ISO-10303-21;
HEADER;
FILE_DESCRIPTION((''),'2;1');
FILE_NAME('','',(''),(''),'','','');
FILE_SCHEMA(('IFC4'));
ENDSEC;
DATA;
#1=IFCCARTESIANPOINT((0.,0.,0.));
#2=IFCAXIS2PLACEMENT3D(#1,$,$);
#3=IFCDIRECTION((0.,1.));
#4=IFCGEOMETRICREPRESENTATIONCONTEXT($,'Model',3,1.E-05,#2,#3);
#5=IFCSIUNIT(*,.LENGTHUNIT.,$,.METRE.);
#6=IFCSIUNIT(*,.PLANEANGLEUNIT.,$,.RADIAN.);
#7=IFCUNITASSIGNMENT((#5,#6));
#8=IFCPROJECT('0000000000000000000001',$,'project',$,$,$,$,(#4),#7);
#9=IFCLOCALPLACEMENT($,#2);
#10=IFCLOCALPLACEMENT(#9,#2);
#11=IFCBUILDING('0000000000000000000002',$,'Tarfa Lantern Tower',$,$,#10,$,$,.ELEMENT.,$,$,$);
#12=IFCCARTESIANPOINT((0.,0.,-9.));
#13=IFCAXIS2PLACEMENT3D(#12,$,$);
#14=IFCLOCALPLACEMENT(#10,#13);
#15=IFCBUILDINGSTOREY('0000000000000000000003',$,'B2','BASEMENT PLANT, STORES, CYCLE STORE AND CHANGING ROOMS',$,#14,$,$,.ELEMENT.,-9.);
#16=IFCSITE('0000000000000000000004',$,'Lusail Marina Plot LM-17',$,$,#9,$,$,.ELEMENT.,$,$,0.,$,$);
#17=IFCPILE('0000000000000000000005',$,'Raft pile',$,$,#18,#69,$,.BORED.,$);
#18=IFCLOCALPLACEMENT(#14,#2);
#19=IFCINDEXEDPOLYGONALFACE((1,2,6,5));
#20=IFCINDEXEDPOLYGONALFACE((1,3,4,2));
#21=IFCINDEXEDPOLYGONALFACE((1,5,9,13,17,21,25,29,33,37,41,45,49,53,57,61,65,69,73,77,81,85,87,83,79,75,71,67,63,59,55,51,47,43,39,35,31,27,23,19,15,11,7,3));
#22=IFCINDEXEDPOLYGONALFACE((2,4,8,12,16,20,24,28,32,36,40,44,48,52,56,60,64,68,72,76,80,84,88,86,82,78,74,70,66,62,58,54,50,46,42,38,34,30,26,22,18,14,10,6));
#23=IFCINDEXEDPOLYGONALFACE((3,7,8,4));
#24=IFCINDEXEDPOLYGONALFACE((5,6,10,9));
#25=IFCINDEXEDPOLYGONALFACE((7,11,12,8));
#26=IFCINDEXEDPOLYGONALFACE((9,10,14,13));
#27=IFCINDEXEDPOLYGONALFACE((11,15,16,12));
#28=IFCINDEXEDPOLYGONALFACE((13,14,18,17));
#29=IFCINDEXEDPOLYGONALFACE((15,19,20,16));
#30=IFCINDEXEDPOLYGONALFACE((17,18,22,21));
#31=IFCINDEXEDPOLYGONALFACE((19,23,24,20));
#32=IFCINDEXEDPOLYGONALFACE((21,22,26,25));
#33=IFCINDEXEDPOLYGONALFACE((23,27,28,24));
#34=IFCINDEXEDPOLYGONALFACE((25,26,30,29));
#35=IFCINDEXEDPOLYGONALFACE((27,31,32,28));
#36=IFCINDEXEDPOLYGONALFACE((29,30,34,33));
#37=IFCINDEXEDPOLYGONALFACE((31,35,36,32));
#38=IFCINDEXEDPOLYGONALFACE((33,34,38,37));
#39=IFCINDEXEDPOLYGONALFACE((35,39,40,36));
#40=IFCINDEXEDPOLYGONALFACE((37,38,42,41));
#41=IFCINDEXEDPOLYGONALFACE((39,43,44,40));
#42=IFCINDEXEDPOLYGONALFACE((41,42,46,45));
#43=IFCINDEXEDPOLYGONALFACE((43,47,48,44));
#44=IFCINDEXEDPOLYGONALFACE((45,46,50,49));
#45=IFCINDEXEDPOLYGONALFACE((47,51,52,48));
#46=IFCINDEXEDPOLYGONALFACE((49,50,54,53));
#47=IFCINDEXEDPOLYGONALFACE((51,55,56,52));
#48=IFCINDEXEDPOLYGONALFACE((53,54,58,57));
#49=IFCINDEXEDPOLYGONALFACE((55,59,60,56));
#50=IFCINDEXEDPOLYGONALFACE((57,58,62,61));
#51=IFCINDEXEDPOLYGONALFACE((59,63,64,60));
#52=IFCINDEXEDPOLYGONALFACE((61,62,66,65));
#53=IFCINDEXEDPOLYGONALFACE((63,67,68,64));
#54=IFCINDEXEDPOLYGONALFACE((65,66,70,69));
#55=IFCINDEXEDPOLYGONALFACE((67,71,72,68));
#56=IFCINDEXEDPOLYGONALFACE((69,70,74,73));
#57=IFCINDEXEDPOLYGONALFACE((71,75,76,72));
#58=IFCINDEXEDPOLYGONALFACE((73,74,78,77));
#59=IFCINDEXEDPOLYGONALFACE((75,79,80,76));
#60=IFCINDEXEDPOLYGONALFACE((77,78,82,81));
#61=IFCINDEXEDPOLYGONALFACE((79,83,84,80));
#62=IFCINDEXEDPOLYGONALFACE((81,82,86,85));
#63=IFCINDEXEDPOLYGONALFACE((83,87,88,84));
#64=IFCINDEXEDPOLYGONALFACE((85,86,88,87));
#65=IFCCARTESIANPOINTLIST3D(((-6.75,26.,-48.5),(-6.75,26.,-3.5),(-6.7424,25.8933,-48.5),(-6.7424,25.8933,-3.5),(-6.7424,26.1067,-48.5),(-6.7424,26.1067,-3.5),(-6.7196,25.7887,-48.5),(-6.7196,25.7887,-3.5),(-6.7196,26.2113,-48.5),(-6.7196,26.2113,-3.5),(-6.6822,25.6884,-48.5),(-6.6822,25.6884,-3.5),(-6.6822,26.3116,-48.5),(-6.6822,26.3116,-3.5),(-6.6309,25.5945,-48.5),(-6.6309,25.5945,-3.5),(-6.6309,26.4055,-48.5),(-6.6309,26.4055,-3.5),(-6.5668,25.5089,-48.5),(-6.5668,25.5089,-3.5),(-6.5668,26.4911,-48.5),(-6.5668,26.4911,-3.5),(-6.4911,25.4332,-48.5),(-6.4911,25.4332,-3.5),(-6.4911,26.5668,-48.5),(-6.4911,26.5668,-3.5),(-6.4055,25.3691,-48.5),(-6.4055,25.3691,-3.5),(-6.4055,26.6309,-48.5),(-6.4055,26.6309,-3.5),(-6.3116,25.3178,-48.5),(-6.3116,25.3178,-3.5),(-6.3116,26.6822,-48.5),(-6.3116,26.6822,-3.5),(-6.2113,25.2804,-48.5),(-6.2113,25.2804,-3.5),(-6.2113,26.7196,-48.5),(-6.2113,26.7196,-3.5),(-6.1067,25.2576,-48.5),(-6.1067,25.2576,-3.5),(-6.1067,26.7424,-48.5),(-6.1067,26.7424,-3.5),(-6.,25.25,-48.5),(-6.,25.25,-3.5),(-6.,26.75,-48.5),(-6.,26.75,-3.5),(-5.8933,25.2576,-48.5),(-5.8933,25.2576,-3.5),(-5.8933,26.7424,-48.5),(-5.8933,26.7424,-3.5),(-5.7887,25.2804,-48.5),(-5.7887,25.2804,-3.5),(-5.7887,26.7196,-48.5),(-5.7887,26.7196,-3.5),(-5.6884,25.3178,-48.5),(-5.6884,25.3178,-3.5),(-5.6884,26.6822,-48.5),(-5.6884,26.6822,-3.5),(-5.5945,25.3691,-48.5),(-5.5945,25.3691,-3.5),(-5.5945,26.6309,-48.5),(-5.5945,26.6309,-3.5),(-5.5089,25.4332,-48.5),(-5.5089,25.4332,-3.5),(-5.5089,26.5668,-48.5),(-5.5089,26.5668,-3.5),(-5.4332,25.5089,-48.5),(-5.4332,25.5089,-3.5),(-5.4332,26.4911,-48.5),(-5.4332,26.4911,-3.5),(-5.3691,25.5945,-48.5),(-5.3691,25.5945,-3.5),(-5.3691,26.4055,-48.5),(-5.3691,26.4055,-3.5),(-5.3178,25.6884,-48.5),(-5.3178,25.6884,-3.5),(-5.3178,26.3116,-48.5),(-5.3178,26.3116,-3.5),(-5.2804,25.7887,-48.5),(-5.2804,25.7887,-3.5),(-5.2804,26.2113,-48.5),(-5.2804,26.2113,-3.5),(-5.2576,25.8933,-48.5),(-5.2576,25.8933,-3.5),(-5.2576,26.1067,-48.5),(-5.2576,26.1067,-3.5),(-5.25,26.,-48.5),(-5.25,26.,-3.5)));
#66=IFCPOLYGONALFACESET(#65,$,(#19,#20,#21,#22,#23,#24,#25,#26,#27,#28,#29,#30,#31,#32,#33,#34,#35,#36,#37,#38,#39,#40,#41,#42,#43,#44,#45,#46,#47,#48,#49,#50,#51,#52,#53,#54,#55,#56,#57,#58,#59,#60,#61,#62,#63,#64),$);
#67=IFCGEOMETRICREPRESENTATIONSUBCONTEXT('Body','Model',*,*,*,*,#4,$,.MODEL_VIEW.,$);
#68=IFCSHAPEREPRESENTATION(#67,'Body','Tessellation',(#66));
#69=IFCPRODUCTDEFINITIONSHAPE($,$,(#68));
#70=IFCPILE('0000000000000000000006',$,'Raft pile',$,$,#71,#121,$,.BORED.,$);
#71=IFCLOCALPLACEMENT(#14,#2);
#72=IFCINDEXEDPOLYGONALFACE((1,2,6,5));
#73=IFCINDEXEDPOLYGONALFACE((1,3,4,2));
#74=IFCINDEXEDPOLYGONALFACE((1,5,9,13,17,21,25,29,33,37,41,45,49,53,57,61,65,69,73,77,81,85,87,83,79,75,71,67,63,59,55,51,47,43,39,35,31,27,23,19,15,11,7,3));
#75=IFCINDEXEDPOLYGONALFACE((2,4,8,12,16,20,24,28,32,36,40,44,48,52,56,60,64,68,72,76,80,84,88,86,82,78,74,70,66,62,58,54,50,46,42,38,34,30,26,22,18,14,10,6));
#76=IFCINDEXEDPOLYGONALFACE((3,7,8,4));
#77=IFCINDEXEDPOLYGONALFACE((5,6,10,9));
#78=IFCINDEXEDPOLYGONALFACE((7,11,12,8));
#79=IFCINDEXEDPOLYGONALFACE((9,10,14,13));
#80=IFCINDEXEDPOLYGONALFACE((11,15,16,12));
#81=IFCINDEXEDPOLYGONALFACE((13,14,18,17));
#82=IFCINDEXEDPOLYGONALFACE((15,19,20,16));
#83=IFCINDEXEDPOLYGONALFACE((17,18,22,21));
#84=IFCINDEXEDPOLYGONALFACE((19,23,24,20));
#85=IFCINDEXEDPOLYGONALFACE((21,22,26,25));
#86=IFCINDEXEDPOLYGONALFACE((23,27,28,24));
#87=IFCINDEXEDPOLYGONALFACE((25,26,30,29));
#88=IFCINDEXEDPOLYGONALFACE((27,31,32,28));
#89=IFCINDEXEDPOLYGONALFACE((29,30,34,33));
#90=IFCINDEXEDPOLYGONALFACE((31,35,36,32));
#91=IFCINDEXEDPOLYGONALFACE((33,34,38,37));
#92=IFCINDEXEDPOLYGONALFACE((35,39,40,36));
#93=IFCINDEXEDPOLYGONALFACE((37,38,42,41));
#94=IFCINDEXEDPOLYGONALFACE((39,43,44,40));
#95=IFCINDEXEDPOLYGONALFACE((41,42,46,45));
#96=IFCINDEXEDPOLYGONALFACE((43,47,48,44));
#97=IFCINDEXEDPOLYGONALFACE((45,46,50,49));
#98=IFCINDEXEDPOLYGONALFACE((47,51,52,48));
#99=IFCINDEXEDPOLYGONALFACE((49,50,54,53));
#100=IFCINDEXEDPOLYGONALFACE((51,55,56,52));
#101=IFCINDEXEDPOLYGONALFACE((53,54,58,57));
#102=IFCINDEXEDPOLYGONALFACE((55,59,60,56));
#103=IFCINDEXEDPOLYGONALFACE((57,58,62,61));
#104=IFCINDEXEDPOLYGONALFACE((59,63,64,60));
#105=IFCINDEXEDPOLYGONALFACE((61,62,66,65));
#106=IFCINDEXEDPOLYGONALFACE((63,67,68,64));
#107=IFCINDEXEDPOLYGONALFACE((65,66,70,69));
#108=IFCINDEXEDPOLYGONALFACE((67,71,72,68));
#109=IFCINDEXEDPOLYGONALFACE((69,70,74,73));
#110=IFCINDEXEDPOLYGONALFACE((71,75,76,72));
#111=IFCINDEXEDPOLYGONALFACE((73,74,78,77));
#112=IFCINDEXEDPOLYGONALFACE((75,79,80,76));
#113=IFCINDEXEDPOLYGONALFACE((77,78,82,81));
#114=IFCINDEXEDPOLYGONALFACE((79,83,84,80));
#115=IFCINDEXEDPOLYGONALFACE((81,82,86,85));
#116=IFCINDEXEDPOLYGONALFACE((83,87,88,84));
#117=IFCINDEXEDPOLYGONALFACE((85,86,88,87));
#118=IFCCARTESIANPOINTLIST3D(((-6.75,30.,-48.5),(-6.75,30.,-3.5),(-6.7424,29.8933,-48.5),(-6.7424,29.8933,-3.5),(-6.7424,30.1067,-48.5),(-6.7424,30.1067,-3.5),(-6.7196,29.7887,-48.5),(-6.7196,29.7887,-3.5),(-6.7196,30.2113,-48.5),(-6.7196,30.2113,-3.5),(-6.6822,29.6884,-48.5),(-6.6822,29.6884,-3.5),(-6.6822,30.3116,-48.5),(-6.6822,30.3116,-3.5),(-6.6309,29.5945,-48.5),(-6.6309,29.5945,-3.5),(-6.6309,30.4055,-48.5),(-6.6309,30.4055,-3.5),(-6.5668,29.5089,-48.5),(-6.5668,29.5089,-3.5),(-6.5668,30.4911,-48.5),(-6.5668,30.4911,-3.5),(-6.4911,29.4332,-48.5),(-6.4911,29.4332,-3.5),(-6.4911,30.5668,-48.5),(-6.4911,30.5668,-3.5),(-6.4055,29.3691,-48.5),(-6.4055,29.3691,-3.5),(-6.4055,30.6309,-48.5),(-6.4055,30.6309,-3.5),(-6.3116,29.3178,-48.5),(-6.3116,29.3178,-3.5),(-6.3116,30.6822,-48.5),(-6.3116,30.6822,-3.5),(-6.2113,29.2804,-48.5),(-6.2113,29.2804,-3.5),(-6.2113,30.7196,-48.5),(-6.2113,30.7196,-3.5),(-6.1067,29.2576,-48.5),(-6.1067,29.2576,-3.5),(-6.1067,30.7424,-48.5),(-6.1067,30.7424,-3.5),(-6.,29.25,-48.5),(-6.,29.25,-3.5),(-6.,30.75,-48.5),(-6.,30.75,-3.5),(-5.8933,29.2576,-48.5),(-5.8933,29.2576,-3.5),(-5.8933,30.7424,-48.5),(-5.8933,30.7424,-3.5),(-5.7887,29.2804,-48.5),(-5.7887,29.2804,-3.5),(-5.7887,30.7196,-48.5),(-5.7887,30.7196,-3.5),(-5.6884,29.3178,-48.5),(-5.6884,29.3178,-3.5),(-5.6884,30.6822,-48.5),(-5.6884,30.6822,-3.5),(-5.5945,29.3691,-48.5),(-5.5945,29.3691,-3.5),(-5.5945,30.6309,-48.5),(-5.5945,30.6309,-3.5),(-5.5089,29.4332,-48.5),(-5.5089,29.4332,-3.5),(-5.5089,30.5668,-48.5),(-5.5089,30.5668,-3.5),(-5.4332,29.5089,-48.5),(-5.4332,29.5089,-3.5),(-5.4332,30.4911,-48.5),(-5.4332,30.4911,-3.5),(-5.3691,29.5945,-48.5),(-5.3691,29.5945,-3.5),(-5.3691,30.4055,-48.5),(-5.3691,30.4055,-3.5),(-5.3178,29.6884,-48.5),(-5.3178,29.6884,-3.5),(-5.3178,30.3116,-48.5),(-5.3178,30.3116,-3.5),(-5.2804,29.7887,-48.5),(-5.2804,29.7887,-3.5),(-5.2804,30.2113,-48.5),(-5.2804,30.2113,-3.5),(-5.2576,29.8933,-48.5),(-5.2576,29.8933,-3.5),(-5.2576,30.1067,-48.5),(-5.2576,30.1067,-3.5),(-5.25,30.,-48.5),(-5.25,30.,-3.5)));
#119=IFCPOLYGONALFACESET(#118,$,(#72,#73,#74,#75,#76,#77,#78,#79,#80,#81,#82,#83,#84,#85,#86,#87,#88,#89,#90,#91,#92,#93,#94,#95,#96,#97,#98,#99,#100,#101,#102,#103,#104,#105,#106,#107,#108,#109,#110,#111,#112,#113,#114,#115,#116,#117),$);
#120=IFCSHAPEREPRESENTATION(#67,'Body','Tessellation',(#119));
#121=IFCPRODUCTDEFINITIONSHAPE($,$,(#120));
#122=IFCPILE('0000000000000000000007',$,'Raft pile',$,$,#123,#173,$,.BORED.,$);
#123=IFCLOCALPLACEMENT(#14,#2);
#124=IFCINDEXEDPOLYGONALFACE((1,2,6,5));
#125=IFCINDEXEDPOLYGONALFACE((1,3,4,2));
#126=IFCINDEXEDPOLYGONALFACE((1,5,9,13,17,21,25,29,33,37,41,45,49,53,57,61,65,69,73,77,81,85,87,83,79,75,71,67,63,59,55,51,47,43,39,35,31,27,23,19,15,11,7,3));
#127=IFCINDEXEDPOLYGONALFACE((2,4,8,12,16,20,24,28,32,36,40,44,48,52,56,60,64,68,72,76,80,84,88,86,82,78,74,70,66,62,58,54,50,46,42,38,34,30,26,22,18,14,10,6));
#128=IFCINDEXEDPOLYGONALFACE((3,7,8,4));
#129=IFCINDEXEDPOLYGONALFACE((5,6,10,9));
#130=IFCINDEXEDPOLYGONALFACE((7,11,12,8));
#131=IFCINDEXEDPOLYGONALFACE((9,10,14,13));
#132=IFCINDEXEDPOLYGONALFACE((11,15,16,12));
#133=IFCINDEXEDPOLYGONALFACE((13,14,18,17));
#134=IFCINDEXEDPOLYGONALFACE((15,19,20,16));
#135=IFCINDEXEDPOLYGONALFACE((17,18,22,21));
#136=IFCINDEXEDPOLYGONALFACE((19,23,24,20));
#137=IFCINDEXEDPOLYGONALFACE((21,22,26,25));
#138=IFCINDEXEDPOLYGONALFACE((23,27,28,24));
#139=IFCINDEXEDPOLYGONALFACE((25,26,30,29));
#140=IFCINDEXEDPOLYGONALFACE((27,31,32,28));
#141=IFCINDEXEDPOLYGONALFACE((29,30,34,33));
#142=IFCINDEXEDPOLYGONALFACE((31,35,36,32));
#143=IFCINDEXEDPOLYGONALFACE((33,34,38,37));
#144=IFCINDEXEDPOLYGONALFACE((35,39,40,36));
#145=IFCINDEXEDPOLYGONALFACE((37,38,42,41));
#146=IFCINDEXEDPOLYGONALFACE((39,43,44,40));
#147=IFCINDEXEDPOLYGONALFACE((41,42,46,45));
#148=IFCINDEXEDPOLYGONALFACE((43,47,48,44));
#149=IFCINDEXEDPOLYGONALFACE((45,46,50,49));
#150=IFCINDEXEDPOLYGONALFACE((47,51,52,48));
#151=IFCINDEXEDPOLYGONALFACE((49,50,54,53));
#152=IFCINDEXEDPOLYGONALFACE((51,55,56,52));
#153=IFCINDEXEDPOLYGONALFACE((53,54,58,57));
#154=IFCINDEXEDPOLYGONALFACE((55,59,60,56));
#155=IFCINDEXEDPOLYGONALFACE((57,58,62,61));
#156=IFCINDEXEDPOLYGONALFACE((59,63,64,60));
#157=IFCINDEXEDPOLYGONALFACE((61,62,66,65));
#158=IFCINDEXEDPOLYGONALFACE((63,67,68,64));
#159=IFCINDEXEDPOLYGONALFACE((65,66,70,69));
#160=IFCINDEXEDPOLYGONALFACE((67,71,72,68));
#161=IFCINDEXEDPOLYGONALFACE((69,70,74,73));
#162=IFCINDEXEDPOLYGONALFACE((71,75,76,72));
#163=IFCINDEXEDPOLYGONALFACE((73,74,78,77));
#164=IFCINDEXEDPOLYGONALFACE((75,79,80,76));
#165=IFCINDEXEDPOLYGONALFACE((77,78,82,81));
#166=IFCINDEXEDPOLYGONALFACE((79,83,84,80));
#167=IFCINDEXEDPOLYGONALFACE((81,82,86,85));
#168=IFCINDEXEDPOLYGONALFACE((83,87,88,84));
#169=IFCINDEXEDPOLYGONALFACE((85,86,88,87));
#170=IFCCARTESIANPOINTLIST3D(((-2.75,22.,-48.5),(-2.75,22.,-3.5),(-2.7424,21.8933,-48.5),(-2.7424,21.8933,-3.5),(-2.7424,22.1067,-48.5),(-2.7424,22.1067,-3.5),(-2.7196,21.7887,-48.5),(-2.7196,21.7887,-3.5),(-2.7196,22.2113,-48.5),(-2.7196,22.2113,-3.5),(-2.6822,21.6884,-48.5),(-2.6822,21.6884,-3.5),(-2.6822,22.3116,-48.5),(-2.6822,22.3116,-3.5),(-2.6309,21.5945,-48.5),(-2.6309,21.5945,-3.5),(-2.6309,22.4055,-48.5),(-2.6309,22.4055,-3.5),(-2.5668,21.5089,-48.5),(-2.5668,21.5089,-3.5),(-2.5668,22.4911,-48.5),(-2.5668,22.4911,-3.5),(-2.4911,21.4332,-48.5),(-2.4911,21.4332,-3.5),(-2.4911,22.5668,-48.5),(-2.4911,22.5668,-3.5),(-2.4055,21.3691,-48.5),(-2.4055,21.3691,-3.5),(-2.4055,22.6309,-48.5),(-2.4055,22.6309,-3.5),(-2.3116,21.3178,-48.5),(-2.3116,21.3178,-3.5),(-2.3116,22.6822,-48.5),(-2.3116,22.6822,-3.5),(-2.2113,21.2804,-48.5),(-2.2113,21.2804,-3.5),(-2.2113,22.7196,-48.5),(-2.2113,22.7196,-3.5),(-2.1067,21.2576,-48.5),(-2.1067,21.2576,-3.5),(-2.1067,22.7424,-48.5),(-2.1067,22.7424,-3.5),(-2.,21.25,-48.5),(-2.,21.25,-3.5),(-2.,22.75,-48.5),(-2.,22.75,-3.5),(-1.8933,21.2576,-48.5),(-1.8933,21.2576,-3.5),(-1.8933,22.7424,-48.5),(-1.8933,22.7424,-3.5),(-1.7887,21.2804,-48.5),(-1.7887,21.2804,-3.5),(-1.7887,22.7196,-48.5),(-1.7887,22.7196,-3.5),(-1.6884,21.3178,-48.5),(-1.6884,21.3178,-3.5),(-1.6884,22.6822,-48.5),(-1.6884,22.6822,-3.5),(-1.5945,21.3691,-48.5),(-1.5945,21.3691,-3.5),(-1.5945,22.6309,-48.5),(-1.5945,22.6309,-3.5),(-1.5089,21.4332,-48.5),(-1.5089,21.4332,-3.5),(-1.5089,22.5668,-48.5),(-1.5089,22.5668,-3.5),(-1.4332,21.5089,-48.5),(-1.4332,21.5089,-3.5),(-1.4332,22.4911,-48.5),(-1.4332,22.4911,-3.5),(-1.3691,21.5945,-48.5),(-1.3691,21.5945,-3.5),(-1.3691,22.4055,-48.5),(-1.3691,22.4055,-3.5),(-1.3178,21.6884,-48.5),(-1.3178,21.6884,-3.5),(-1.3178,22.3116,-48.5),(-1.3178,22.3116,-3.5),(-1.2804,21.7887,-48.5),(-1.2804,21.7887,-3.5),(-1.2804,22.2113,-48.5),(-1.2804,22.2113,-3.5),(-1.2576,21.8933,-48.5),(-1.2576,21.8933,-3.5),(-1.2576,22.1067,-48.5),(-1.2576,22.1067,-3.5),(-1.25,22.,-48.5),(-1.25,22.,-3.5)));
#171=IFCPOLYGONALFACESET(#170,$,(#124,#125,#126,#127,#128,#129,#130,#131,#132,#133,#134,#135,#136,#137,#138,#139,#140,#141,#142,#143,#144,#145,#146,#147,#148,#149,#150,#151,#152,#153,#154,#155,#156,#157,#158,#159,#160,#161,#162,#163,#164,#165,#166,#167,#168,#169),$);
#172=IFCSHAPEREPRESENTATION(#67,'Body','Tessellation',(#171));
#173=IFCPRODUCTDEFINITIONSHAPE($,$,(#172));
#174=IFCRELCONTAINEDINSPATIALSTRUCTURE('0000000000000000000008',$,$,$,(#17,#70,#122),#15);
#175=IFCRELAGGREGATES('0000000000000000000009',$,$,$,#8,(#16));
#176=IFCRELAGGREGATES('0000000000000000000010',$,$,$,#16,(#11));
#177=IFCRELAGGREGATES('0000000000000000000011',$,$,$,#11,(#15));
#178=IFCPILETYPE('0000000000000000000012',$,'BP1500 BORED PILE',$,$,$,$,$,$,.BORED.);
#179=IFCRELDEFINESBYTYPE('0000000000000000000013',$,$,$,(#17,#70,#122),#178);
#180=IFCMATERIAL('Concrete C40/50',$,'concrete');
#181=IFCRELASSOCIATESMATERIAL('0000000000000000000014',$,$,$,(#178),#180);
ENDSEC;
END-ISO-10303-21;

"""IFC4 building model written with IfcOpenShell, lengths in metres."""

from ifc_helpers import new_model, si_unit, direction, frame, origin, origin_2d, place, context, subcontext, project, spatial, circle, extrude, material, material_profile, profile_set, type_object, element, save


model = new_model("IFC4")

# Units and contexts
model_context = context("Model", 3, precision=1e-05, world=origin(), true_north=direction((0.0, 1.0)))
body_context = subcontext(model_context, "Body", "Model", "MODEL_VIEW")
ifc_project = project(units=[si_unit("LENGTHUNIT", "METRE"), si_unit("PLANEANGLEUNIT", "RADIAN")], contexts=[model_context])

# Site, building, storey
site_placement = place(None, origin())
site = spatial("IfcSite", under=ifc_project, at=site_placement, Name="Lusail Marina Plot LM-17", CompositionType="ELEMENT", RefElevation=0.0)
building_placement = place(site_placement, origin())
building = spatial("IfcBuilding", under=site, at=building_placement, Name="Tarfa Lantern Tower", CompositionType="ELEMENT")
storey_placement = place(building_placement, frame((0.0, 0.0, -9.0)))
storey = spatial("IfcBuildingStorey", under=building, at=storey_placement, Name="B2", Description="BASEMENT PLANT, STORES, CYCLE STORE AND CHANGING ROOMS", CompositionType="ELEMENT", Elevation=-9.0)

# Piles
ifc_material_1 = material(Name="Concrete C40/50", Category="concrete")
ifc_material_profile_1 = material_profile(ifc_material_1, circle(Radius=0.75, at=origin_2d()), Name="BORED PILE D1500")
ifc_profile_set_1 = profile_set([ifc_material_profile_1], Name="Concrete C40/50")
pile_type = type_object("IfcPileType", Name="BP1500 BORED PILE", PredefinedType="BORED", material=ifc_profile_set_1)
for number, where, z_axis, x_axis, name in (
    (1, (-6.0, 26.0, -3.5), (0.0, 0.0, -1.0), (1.0, 0.0, 0.0), "Raft pile"),
    (2, (-6.0, 30.0, -3.5), (0.0, 0.0, -1.0), (1.0, 0.0, 0.0), "Raft pile"),
    (3, (-2.0, 22.0, -3.5), (0.0, 0.0, -1.0), (1.0, 0.0, 0.0), "Raft pile"),
):
    element("IfcPile", number, at=place(storey_placement, frame(where, z_axis=z_axis, x_axis=x_axis)), inside=storey, type_object=pile_type, Name=name, PredefinedType="BORED", context=body_context, shape_type="SweptSolid", body=[
        extrude(circle(Radius=0.75, at=origin_2d()), origin(), (0.0, 0.0, 1.0), 45.0),
    ])

save(model, "model.ifc")
